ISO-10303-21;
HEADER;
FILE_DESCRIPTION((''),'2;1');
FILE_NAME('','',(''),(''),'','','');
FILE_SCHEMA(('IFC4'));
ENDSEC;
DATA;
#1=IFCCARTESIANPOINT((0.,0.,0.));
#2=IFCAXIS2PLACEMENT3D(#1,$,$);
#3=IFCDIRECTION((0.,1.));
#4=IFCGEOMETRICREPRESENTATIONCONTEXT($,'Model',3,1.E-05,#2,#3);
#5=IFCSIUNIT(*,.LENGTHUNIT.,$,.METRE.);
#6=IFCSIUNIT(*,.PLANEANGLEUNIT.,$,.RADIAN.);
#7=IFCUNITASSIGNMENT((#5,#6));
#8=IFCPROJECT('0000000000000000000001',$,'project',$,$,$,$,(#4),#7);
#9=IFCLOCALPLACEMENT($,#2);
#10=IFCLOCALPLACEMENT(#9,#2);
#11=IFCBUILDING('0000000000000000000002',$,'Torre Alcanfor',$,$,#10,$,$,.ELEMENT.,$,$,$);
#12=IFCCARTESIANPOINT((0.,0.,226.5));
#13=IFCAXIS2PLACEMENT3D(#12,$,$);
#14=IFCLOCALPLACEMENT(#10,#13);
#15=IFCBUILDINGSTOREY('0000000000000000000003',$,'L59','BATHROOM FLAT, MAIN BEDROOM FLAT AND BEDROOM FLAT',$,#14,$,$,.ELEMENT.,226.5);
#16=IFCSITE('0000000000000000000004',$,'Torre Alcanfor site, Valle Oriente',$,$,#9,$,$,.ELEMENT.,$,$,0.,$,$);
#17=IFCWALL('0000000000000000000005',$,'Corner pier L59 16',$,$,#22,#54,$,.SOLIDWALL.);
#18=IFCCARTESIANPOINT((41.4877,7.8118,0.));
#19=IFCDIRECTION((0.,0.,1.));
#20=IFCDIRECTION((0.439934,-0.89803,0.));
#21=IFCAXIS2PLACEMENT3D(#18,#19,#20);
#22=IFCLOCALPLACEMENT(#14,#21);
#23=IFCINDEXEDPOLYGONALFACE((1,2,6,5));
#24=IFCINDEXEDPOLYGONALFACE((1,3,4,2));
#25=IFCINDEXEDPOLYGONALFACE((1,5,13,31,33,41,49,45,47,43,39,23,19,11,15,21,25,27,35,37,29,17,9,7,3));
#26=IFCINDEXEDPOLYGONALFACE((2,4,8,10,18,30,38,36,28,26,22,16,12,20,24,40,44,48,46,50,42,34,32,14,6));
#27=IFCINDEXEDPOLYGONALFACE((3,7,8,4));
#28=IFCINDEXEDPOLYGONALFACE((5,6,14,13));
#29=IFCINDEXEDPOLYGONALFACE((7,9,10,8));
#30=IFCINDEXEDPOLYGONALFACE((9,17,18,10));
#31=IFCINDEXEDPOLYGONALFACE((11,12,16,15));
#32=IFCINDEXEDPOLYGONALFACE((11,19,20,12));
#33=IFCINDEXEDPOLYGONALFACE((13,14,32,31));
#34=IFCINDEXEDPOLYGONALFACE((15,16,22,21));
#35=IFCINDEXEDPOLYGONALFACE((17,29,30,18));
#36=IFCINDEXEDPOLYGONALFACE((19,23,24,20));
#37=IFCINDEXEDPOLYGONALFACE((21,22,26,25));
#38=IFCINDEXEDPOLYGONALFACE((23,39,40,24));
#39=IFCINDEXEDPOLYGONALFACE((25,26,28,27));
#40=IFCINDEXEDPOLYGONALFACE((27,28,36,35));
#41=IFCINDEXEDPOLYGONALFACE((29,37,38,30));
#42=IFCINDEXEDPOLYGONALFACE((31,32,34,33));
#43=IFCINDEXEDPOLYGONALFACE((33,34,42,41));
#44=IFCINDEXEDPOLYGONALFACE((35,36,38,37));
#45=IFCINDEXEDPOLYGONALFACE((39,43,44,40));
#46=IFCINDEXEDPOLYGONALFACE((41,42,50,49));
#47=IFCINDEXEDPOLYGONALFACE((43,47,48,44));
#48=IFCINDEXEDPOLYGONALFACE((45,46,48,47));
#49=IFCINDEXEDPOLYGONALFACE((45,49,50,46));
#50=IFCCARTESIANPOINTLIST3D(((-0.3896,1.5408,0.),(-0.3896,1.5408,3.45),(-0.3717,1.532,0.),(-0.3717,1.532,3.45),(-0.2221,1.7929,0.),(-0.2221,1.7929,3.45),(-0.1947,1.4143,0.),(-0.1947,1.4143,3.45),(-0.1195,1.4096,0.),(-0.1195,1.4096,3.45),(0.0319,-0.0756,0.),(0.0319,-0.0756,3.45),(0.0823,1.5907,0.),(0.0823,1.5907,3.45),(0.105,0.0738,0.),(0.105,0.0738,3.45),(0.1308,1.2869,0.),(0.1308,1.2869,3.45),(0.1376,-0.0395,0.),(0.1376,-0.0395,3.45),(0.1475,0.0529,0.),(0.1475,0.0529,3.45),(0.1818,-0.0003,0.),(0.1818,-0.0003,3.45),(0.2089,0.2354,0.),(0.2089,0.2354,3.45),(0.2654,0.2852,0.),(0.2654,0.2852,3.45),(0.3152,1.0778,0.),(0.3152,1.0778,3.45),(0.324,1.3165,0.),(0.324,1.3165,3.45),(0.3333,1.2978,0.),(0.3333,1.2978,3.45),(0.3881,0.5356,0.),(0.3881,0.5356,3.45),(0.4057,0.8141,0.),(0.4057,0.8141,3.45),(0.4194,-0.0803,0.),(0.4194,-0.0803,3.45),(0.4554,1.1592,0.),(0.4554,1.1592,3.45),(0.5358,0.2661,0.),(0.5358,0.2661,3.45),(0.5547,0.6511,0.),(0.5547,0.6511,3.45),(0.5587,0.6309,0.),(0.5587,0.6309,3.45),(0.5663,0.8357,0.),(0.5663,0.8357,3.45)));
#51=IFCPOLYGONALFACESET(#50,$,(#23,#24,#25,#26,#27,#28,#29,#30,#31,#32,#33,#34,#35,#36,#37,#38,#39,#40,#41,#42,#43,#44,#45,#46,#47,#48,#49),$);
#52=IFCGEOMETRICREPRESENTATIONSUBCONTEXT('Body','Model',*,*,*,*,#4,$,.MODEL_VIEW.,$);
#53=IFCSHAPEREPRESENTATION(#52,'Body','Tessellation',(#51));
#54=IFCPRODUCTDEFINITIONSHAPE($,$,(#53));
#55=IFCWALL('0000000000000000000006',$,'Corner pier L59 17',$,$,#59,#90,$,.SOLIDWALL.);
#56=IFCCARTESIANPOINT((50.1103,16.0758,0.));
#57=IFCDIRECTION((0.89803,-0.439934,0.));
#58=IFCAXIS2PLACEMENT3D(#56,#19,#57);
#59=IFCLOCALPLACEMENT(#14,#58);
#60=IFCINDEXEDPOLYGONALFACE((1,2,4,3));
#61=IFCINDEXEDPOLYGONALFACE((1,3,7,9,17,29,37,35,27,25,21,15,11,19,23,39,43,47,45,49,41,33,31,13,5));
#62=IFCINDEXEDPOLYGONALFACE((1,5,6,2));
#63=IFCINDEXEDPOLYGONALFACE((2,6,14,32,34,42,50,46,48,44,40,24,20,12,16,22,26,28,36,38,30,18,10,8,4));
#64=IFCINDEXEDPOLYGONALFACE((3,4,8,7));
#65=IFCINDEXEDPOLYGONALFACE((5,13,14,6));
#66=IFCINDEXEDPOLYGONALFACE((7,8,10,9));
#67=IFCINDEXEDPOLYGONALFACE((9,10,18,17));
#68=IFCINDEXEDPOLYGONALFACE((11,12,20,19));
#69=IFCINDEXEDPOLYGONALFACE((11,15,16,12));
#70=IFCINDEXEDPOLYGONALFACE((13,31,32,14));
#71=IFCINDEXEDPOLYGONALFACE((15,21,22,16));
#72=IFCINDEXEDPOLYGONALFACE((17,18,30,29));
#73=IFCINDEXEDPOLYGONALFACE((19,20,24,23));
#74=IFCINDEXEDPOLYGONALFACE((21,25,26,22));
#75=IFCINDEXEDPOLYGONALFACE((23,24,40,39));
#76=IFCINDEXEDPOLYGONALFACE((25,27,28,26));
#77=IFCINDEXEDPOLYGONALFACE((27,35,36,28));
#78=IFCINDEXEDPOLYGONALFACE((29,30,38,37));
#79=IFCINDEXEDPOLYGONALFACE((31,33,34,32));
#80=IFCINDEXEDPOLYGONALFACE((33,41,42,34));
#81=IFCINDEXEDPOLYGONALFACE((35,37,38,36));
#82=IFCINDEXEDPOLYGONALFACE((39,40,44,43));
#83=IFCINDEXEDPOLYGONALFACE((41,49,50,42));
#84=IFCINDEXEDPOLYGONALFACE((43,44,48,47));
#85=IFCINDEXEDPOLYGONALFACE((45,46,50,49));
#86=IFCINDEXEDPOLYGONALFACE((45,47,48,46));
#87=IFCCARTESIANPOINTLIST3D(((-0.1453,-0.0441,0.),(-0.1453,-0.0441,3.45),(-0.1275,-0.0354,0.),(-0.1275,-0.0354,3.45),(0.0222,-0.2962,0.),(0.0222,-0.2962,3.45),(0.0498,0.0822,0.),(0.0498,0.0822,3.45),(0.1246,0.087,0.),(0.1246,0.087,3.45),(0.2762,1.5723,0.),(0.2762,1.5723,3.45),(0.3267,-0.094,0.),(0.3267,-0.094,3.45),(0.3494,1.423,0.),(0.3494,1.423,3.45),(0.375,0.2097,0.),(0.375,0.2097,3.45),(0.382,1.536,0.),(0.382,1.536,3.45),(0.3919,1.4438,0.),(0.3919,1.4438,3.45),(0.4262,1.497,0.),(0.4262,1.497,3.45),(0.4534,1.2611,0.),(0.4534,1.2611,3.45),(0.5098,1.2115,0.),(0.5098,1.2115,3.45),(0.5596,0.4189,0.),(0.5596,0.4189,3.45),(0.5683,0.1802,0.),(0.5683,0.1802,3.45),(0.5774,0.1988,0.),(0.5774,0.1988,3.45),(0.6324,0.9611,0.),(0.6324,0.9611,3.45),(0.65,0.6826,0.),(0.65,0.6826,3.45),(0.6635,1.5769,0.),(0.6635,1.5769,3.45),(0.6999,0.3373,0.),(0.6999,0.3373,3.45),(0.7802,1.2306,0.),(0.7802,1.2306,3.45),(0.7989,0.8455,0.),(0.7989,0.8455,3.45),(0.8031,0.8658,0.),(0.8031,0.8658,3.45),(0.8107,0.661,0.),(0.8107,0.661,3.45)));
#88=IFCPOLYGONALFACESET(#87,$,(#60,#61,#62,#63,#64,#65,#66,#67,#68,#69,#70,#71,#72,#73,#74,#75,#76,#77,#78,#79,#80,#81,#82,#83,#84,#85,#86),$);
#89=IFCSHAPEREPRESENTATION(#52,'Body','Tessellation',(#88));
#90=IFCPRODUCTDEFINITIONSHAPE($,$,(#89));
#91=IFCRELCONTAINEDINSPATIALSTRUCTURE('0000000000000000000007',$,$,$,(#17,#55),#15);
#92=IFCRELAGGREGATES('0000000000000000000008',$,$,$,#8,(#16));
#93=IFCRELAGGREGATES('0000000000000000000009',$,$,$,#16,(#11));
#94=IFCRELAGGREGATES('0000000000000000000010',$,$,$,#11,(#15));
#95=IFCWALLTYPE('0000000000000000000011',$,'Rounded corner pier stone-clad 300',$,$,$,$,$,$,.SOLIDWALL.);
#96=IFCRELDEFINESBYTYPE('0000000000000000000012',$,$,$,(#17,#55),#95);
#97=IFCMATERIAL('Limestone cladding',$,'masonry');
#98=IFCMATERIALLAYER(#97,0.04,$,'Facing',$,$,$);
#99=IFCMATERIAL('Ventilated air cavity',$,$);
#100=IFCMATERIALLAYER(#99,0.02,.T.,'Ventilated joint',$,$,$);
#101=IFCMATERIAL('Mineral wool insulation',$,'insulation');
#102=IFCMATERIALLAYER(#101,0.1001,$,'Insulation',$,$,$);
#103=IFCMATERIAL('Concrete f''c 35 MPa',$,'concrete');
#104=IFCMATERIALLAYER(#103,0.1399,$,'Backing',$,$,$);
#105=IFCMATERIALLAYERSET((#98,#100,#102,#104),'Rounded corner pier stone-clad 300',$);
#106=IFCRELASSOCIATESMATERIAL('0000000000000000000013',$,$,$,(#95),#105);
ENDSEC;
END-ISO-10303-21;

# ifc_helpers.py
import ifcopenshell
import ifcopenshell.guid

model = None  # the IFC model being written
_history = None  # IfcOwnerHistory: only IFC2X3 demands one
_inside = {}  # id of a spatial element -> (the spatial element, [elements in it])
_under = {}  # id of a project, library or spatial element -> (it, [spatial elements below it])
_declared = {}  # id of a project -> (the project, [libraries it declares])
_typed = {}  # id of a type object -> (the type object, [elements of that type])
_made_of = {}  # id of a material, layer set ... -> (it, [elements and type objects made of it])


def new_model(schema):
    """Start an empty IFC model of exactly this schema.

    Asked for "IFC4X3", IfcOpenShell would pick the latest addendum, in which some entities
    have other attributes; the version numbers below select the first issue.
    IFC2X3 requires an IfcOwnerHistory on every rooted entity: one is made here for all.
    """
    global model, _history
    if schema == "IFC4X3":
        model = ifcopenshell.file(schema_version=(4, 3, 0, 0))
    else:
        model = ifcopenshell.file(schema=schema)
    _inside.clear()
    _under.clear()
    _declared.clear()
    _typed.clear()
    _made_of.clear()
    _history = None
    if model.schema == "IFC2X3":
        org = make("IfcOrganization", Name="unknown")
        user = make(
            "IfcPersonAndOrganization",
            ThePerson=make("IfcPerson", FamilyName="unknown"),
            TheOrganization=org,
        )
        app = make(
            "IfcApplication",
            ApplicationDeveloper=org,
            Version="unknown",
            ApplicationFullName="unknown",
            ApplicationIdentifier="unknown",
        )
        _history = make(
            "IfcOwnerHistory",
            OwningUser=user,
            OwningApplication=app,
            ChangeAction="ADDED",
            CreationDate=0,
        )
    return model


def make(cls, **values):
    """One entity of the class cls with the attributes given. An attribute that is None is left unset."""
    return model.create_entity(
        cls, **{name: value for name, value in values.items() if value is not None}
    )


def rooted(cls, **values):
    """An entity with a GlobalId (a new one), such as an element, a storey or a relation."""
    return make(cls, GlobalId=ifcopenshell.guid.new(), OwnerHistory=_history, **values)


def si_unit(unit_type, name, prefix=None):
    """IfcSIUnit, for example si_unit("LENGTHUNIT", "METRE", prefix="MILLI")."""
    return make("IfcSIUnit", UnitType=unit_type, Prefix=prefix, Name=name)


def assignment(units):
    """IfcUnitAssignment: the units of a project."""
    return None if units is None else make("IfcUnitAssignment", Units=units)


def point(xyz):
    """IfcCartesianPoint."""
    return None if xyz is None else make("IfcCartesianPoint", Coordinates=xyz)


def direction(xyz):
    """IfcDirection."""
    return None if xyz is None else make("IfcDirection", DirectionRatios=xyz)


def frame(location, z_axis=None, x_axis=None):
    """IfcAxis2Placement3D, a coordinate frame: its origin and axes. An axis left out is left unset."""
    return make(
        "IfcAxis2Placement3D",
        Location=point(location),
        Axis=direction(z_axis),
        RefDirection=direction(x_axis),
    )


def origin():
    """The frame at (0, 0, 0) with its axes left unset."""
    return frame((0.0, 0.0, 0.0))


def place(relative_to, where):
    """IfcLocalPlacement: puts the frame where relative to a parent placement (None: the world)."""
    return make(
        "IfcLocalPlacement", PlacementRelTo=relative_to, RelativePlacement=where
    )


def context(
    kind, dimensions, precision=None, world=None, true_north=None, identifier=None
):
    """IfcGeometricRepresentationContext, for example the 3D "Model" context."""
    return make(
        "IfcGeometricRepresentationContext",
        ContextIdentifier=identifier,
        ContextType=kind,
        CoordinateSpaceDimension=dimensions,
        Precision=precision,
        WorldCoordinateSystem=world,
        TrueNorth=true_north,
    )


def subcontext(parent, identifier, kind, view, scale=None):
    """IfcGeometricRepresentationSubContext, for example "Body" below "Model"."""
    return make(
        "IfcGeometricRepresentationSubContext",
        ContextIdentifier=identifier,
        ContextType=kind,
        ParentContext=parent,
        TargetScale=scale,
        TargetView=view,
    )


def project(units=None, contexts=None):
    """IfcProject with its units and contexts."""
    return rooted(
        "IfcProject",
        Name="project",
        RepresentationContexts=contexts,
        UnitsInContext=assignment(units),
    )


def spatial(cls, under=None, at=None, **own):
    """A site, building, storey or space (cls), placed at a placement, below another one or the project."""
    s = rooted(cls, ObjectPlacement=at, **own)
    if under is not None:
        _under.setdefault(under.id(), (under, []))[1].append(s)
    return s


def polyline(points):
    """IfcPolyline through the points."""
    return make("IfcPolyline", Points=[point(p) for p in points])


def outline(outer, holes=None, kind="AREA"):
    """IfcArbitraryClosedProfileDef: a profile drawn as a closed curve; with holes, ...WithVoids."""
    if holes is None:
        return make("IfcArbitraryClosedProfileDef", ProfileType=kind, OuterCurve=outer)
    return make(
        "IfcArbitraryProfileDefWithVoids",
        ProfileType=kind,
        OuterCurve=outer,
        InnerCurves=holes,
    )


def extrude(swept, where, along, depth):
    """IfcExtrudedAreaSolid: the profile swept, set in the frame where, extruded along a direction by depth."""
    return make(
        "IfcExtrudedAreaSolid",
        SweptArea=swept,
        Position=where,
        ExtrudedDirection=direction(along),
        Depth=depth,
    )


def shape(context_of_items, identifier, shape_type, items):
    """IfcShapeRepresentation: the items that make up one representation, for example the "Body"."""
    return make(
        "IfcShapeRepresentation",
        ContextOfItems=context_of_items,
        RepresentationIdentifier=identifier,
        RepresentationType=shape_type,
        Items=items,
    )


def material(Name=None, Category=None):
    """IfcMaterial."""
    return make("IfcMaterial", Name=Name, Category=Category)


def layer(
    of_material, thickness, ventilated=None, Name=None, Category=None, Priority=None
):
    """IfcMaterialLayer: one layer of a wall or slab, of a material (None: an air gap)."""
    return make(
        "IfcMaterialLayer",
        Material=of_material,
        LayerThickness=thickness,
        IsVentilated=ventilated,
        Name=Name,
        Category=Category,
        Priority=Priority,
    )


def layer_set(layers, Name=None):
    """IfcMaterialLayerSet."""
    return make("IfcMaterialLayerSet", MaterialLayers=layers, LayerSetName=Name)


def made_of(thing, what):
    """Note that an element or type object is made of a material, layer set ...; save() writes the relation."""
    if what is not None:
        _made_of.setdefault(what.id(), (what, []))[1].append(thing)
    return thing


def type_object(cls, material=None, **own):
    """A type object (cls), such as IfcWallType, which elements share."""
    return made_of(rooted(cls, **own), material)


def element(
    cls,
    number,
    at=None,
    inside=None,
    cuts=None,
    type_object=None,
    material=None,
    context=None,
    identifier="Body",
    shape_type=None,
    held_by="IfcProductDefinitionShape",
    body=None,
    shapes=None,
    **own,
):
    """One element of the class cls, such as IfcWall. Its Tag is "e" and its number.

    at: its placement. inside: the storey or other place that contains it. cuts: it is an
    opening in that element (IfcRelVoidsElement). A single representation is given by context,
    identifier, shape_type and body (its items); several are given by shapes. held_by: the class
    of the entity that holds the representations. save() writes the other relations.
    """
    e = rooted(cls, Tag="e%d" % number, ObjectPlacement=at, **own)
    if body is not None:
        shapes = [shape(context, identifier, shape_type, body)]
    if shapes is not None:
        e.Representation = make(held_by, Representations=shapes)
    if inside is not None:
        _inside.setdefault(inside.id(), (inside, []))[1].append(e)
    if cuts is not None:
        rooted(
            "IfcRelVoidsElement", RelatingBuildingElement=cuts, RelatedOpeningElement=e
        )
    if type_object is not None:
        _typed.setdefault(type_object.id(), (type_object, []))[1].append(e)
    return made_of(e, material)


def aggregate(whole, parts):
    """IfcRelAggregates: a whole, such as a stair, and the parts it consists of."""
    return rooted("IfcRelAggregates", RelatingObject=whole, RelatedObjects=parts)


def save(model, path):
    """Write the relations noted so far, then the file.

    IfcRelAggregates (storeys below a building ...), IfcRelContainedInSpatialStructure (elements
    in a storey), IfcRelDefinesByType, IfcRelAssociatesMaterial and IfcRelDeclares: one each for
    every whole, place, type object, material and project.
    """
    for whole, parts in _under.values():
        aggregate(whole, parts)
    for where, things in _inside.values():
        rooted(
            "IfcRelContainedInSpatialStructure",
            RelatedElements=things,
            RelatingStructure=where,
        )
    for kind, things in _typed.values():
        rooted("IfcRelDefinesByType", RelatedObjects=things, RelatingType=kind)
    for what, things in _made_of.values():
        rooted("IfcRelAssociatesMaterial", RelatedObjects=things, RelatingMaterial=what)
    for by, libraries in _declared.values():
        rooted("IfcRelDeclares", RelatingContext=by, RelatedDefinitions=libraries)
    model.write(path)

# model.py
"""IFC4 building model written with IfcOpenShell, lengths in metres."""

from ifc_helpers import new_model, si_unit, direction, frame, origin, place, context, subcontext, project, spatial, polyline, outline, extrude, material, layer, layer_set, type_object, element, save


model = new_model("IFC4")

# Units and contexts
model_context = context("Model", 3, precision=1e-05, world=origin(), true_north=direction((0.0, 1.0)))
body_context = subcontext(model_context, "Body", "Model", "MODEL_VIEW")
ifc_project = project(units=[si_unit("LENGTHUNIT", "METRE"), si_unit("PLANEANGLEUNIT", "RADIAN")], contexts=[model_context])

# Site, building, storey
site_placement = place(None, origin())
site = spatial("IfcSite", under=ifc_project, at=site_placement, Name="Torre Alcanfor site, Valle Oriente", CompositionType="ELEMENT", RefElevation=0.0)
building_placement = place(site_placement, origin())
building = spatial("IfcBuilding", under=site, at=building_placement, Name="Torre Alcanfor", CompositionType="ELEMENT")
storey_placement = place(building_placement, frame((0.0, 0.0, 226.5)))
storey = spatial("IfcBuildingStorey", under=building, at=storey_placement, Name="L59", Description="BATHROOM FLAT, MAIN BEDROOM FLAT AND BEDROOM FLAT", CompositionType="ELEMENT", Elevation=226.5)

# Shared definitions
ifc_material_1 = material(Name="Limestone cladding", Category="masonry")
ifc_material_2 = material(Name="Ventilated air cavity")
ifc_material_3 = material(Name="Mineral wool insulation", Category="insulation")
ifc_material_4 = material(Name="Concrete f'c 35 MPa", Category="concrete")

# Walls
ifc_layer_1 = layer(ifc_material_1, 0.04, Name="Facing")
ifc_layer_2 = layer(ifc_material_2, 0.02, ventilated=True, Name="Ventilated joint")
ifc_layer_3 = layer(ifc_material_3, 0.1001, Name="Insulation")
ifc_layer_4 = layer(ifc_material_4, 0.1399, Name="Backing")
ifc_layer_set_1 = layer_set([ifc_layer_1, ifc_layer_2, ifc_layer_3, ifc_layer_4], Name="Rounded corner pier stone-clad 300")
wall_type_1 = type_object("IfcWallType", Name="Rounded corner pier stone-clad 300", PredefinedType="SOLIDWALL", material=ifc_layer_set_1)
wall_1_placement = place(storey_placement, frame((41.4877, 7.8118, 0.0), z_axis=(0.0, 0.0, 1.0), x_axis=(0.439934, -0.89803, 0.0)))
element("IfcWall", 1, at=wall_1_placement, inside=storey, type_object=wall_type_1, Name="Corner pier L59 16", PredefinedType="SOLIDWALL", context=body_context, shape_type="SweptSolid", body=[
    extrude(outline(polyline([(-0.2221, 1.7929), (-0.3896, 1.5408), (-0.3717, 1.532), (-0.1947, 1.4143), (-0.1195, 1.4096), (0.1308, 1.2869), (0.3152, 1.0778), (0.4057, 0.8141), (0.3881, 0.5356), (0.2654, 0.2852), (0.2089, 0.2354), (0.1475, 0.0529), (0.105, 0.0738), (0.0319, -0.0756), (0.1376, -0.0395), (0.1818, -0.0003), (0.4194, -0.0803), (0.5358, 0.2661), (0.5587, 0.6309), (0.5547, 0.6511), (0.5663, 0.8357), (0.4554, 1.1592), (0.3333, 1.2978), (0.324, 1.3165), (0.0823, 1.5907), (-0.2221, 1.7929)])), origin(), (0.0, 0.0, 1.0), 3.45),
])
wall_2_placement = place(storey_placement, frame((50.1103, 16.0758, 0.0), z_axis=(0.0, 0.0, 1.0), x_axis=(0.89803, -0.439934, 0.0)))
element("IfcWall", 2, at=wall_2_placement, inside=storey, type_object=wall_type_1, Name="Corner pier L59 17", PredefinedType="SOLIDWALL", context=body_context, shape_type="SweptSolid", body=[
    extrude(outline(polyline([(0.6635, 1.5769), (0.4262, 1.497), (0.382, 1.536), (0.2762, 1.5723), (0.3494, 1.423), (0.3919, 1.4438), (0.4534, 1.2611), (0.5098, 1.2115), (0.6324, 0.9611), (0.65, 0.6826), (0.5596, 0.4189), (0.375, 0.2097), (0.1246, 0.087), (0.0498, 0.0822), (-0.1275, -0.0354), (-0.1453, -0.0441), (0.0222, -0.2962), (0.3267, -0.094), (0.5683, 0.1802), (0.5774, 0.1988), (0.6999, 0.3373), (0.8107, 0.661), (0.7989, 0.8455), (0.8031, 0.8658), (0.7802, 1.2306), (0.6635, 1.5769)])), origin(), (0.0, 0.0, 1.0), 3.45),
])

save(model, "model.ifc")
